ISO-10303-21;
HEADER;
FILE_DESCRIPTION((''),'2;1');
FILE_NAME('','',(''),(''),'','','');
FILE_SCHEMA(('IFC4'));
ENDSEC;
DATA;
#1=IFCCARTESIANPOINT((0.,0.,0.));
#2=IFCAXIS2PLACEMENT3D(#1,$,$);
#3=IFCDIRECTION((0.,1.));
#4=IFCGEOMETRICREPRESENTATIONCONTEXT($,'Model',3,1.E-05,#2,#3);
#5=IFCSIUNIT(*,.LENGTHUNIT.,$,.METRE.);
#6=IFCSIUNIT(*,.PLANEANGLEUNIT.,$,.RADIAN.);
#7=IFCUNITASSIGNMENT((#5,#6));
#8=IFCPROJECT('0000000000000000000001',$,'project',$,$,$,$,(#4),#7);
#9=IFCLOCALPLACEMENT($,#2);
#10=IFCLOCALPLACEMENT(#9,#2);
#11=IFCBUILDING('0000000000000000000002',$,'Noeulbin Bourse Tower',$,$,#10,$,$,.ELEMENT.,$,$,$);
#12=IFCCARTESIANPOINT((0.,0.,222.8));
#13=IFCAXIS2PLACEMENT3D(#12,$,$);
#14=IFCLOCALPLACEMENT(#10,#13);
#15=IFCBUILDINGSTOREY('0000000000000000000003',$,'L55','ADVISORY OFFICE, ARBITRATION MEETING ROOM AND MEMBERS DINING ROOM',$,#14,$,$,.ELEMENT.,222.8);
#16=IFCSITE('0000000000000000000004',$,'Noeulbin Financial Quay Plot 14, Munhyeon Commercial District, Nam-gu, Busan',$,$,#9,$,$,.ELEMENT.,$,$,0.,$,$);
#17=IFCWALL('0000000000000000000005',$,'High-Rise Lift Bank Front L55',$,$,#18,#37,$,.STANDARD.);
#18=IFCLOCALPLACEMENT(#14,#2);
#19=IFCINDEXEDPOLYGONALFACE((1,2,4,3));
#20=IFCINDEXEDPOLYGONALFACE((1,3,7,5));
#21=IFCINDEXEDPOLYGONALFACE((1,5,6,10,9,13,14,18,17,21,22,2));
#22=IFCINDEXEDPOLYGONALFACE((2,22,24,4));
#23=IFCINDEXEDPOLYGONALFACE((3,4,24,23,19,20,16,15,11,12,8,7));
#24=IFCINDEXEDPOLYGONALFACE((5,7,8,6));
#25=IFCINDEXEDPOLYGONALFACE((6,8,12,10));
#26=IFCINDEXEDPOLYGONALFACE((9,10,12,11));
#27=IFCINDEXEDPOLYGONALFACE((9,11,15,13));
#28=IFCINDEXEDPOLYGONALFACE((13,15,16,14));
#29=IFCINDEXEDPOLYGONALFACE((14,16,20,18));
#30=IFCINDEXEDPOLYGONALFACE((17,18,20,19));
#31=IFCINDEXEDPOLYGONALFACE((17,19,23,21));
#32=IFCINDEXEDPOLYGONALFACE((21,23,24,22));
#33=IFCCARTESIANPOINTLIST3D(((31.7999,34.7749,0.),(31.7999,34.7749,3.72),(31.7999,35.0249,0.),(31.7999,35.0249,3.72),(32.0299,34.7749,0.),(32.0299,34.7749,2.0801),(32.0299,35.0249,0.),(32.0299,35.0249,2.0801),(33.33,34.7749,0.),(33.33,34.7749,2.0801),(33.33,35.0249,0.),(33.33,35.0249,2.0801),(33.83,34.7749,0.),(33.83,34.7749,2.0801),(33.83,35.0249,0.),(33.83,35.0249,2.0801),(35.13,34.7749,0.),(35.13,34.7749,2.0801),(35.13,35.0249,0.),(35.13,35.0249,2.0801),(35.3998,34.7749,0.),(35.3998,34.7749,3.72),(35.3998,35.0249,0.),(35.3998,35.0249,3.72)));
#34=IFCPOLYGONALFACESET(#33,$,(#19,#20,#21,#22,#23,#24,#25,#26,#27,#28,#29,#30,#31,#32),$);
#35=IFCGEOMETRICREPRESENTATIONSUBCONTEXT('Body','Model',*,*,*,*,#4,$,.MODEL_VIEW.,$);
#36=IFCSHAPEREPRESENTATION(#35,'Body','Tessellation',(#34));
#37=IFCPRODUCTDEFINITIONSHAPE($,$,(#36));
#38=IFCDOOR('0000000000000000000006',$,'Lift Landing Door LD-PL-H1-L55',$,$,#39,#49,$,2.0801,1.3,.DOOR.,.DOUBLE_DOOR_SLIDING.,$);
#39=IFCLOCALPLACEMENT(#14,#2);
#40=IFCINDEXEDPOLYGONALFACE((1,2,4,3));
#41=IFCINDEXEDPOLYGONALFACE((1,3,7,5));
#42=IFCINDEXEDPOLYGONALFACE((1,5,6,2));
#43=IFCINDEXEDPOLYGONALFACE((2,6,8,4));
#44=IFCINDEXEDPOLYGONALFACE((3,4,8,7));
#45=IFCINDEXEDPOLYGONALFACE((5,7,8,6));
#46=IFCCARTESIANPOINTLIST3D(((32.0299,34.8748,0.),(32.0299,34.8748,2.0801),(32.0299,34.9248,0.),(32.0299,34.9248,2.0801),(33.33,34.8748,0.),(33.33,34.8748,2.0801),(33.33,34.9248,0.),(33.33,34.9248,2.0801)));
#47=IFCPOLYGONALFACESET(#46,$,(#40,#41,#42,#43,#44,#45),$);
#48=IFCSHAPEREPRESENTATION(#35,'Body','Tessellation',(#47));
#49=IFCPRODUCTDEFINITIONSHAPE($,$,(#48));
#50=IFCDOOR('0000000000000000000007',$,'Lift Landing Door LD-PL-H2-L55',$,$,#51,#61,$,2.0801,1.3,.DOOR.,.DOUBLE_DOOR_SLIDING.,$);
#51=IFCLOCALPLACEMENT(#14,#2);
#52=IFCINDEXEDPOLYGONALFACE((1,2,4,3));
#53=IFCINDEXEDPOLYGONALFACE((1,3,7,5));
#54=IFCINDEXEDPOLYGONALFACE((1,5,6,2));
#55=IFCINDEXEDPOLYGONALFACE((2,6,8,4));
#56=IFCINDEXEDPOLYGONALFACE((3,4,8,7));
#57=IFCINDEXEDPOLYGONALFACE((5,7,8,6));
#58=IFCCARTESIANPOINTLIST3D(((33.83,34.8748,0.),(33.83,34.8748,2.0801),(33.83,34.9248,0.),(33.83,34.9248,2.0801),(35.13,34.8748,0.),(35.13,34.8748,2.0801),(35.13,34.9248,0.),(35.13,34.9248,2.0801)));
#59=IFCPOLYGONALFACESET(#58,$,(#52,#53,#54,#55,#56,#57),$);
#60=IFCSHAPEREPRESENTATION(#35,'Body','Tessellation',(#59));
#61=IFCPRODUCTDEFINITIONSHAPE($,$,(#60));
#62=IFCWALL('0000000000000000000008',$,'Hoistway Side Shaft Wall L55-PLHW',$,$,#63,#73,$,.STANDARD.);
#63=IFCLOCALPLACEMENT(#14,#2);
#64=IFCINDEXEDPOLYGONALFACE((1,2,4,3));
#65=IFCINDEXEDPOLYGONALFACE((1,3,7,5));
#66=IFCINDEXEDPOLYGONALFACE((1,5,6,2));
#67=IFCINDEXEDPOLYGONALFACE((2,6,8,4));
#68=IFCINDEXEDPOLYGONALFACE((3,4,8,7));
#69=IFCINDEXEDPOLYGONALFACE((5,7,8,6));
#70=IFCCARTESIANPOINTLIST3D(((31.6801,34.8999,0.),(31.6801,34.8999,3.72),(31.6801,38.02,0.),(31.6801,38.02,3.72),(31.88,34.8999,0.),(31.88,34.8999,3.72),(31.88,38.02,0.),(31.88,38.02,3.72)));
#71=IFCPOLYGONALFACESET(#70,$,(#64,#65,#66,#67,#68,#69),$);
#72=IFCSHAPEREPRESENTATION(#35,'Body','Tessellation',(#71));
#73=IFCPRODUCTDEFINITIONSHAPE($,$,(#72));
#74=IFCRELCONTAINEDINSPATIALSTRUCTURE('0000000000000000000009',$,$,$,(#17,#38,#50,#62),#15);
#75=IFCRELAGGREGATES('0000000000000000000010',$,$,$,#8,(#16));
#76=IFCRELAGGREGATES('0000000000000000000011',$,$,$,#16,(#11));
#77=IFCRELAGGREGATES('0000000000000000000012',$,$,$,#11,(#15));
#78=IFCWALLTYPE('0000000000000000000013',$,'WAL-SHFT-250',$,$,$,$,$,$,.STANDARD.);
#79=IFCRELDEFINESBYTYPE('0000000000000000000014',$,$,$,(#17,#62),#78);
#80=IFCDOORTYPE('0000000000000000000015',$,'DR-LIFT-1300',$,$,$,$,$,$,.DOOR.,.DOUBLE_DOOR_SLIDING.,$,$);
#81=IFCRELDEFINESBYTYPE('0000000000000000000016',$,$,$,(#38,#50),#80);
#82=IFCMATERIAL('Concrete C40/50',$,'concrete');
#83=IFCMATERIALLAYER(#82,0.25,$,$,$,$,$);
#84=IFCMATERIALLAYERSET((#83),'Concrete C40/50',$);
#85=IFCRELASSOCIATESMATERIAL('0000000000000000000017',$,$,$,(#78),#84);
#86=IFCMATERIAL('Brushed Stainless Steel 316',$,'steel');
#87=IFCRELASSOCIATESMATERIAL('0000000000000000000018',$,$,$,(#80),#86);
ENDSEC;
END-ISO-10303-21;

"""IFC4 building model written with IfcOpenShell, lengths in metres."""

from ifc_helpers import new_model, si_unit, direction, frame, frame_2d, origin, place, context, subcontext, project, spatial, rectangle, extrude, material, layer, layer_set, type_object, element, fill, save


model = new_model("IFC4")

# Units and contexts
model_context = context("Model", 3, precision=1e-05, world=origin(), true_north=direction((0.0, 1.0)))
body_context = subcontext(model_context, "Body", "Model", "MODEL_VIEW")
ifc_project = project(units=[si_unit("LENGTHUNIT", "METRE"), si_unit("PLANEANGLEUNIT", "RADIAN")], contexts=[model_context])

# Site, building, storey
site_placement = place(None, origin())
site = spatial("IfcSite", under=ifc_project, at=site_placement, Name="Noeulbin Financial Quay Plot 14, Munhyeon Commercial District, Nam-gu, Busan", CompositionType="ELEMENT", RefElevation=0.0)
building_placement = place(site_placement, origin())
building = spatial("IfcBuilding", under=site, at=building_placement, Name="Noeulbin Bourse Tower", CompositionType="ELEMENT")
storey_placement = place(building_placement, frame((0.0, 0.0, 222.8)))
storey = spatial("IfcBuildingStorey", under=building, at=storey_placement, Name="L55", Description="ADVISORY OFFICE, ARBITRATION MEETING ROOM AND MEMBERS DINING ROOM", CompositionType="ELEMENT", Elevation=222.8)

# Shared definitions
ifc_material_1 = material(Name="Concrete C40/50", Category="concrete")
ifc_layer_1 = layer(ifc_material_1, 0.25)
ifc_layer_set_1 = layer_set([ifc_layer_1], Name="Concrete C40/50")
wall_type_1 = type_object("IfcWallType", Name="WAL-SHFT-250", PredefinedType="STANDARD", material=ifc_layer_set_1)
ifc_material_2 = material(Name="Brushed Stainless Steel 316", Category="steel")

# Wall, openings, doors
wall_1_placement = place(storey_placement, frame((31.8, 34.8999, 0.0), z_axis=(0.0, 0.0, 1.0), x_axis=(1.0, 0.0, 0.0)))
wall_1 = element("IfcWall", 1, at=wall_1_placement, inside=storey, type_object=wall_type_1, Name="High-Rise Lift Bank Front L55", PredefinedType="STANDARD", context=body_context, shape_type="SweptSolid", body=[
    extrude(rectangle(XDim=3.5999, YDim=0.25, at=frame_2d((1.7998, 0.0))), origin(), (0.0, 0.0, 1.0), 3.72),
])
opening_1_placement = place(wall_1_placement, frame((0.23, 0.0, 0.0)))
opening_1 = element("IfcOpeningElement", 2, at=opening_1_placement, cuts=wall_1, PredefinedType="OPENING", context=body_context, shape_type="SweptSolid", body=[
    extrude(rectangle(XDim=1.3, YDim=2.0801, at=frame_2d((0.6499, 1.04))), frame((0.0, 0.135, 0.0), z_axis=(0.0, -1.0, 0.0), x_axis=(1.0, 0.0, 0.0)), (0.0, 0.0, 1.0), 0.27),
])
opening_2_placement = place(wall_1_placement, frame((2.03, 0.0, 0.0)))
opening_2 = element("IfcOpeningElement", 3, at=opening_2_placement, cuts=wall_1, PredefinedType="OPENING", context=body_context, shape_type="SweptSolid", body=[
    extrude(rectangle(XDim=1.3, YDim=2.0801, at=frame_2d((0.6499, 1.04))), frame((0.0, 0.135, 0.0), z_axis=(0.0, -1.0, 0.0), x_axis=(1.0, 0.0, 0.0)), (0.0, 0.0, 1.0), 0.27),
])
door_type_1 = type_object("IfcDoorType", Name="DR-LIFT-1300", OperationType="DOUBLE_DOOR_SLIDING", PredefinedType="DOOR", material=ifc_material_2)
door_1_placement = place(opening_1_placement, origin())
door_1 = element("IfcDoor", 4, at=door_1_placement, inside=storey, type_object=door_type_1, Name="Lift Landing Door LD-PL-H1-L55", OperationType="DOUBLE_DOOR_SLIDING", OverallHeight=2.0801, OverallWidth=1.3, PredefinedType="DOOR", context=body_context, shape_type="SweptSolid", body=[
    extrude(rectangle(XDim=1.3, YDim=2.0801, at=frame_2d((0.6499, 1.04))), frame((0.0, 0.0249, 0.0), z_axis=(0.0, -1.0, 0.0), x_axis=(1.0, 0.0, 0.0)), (0.0, 0.0, 1.0), 0.05),
])
fill(opening_1, door_1)
door_2_placement = place(opening_2_placement, origin())
door_2 = element("IfcDoor", 5, at=door_2_placement, inside=storey, type_object=door_type_1, Name="Lift Landing Door LD-PL-H2-L55", OperationType="DOUBLE_DOOR_SLIDING", OverallHeight=2.0801, OverallWidth=1.3, PredefinedType="DOOR", context=body_context, shape_type="SweptSolid", body=[
    extrude(rectangle(XDim=1.3, YDim=2.0801, at=frame_2d((0.6499, 1.04))), frame((0.0, 0.0249, 0.0), z_axis=(0.0, -1.0, 0.0), x_axis=(1.0, 0.0, 0.0)), (0.0, 0.0, 1.0), 0.05),
])
fill(opening_2, door_2)

# Wall
wall_2_placement = place(storey_placement, frame((31.78, 34.8999, 0.0), z_axis=(0.0, 0.0, 1.0), x_axis=(0.0, 1.0, 0.0)))
element("IfcWall", 6, at=wall_2_placement, inside=storey, type_object=wall_type_1, Name="Hoistway Side Shaft Wall L55-PLHW", PredefinedType="STANDARD", context=body_context, shape_type="SweptSolid", body=[
    extrude(rectangle(XDim=3.1201, YDim=0.2, at=frame_2d((1.5601, 0.0))), origin(), (0.0, 0.0, 1.0), 3.72),
])

save(model, "model.ifc")
